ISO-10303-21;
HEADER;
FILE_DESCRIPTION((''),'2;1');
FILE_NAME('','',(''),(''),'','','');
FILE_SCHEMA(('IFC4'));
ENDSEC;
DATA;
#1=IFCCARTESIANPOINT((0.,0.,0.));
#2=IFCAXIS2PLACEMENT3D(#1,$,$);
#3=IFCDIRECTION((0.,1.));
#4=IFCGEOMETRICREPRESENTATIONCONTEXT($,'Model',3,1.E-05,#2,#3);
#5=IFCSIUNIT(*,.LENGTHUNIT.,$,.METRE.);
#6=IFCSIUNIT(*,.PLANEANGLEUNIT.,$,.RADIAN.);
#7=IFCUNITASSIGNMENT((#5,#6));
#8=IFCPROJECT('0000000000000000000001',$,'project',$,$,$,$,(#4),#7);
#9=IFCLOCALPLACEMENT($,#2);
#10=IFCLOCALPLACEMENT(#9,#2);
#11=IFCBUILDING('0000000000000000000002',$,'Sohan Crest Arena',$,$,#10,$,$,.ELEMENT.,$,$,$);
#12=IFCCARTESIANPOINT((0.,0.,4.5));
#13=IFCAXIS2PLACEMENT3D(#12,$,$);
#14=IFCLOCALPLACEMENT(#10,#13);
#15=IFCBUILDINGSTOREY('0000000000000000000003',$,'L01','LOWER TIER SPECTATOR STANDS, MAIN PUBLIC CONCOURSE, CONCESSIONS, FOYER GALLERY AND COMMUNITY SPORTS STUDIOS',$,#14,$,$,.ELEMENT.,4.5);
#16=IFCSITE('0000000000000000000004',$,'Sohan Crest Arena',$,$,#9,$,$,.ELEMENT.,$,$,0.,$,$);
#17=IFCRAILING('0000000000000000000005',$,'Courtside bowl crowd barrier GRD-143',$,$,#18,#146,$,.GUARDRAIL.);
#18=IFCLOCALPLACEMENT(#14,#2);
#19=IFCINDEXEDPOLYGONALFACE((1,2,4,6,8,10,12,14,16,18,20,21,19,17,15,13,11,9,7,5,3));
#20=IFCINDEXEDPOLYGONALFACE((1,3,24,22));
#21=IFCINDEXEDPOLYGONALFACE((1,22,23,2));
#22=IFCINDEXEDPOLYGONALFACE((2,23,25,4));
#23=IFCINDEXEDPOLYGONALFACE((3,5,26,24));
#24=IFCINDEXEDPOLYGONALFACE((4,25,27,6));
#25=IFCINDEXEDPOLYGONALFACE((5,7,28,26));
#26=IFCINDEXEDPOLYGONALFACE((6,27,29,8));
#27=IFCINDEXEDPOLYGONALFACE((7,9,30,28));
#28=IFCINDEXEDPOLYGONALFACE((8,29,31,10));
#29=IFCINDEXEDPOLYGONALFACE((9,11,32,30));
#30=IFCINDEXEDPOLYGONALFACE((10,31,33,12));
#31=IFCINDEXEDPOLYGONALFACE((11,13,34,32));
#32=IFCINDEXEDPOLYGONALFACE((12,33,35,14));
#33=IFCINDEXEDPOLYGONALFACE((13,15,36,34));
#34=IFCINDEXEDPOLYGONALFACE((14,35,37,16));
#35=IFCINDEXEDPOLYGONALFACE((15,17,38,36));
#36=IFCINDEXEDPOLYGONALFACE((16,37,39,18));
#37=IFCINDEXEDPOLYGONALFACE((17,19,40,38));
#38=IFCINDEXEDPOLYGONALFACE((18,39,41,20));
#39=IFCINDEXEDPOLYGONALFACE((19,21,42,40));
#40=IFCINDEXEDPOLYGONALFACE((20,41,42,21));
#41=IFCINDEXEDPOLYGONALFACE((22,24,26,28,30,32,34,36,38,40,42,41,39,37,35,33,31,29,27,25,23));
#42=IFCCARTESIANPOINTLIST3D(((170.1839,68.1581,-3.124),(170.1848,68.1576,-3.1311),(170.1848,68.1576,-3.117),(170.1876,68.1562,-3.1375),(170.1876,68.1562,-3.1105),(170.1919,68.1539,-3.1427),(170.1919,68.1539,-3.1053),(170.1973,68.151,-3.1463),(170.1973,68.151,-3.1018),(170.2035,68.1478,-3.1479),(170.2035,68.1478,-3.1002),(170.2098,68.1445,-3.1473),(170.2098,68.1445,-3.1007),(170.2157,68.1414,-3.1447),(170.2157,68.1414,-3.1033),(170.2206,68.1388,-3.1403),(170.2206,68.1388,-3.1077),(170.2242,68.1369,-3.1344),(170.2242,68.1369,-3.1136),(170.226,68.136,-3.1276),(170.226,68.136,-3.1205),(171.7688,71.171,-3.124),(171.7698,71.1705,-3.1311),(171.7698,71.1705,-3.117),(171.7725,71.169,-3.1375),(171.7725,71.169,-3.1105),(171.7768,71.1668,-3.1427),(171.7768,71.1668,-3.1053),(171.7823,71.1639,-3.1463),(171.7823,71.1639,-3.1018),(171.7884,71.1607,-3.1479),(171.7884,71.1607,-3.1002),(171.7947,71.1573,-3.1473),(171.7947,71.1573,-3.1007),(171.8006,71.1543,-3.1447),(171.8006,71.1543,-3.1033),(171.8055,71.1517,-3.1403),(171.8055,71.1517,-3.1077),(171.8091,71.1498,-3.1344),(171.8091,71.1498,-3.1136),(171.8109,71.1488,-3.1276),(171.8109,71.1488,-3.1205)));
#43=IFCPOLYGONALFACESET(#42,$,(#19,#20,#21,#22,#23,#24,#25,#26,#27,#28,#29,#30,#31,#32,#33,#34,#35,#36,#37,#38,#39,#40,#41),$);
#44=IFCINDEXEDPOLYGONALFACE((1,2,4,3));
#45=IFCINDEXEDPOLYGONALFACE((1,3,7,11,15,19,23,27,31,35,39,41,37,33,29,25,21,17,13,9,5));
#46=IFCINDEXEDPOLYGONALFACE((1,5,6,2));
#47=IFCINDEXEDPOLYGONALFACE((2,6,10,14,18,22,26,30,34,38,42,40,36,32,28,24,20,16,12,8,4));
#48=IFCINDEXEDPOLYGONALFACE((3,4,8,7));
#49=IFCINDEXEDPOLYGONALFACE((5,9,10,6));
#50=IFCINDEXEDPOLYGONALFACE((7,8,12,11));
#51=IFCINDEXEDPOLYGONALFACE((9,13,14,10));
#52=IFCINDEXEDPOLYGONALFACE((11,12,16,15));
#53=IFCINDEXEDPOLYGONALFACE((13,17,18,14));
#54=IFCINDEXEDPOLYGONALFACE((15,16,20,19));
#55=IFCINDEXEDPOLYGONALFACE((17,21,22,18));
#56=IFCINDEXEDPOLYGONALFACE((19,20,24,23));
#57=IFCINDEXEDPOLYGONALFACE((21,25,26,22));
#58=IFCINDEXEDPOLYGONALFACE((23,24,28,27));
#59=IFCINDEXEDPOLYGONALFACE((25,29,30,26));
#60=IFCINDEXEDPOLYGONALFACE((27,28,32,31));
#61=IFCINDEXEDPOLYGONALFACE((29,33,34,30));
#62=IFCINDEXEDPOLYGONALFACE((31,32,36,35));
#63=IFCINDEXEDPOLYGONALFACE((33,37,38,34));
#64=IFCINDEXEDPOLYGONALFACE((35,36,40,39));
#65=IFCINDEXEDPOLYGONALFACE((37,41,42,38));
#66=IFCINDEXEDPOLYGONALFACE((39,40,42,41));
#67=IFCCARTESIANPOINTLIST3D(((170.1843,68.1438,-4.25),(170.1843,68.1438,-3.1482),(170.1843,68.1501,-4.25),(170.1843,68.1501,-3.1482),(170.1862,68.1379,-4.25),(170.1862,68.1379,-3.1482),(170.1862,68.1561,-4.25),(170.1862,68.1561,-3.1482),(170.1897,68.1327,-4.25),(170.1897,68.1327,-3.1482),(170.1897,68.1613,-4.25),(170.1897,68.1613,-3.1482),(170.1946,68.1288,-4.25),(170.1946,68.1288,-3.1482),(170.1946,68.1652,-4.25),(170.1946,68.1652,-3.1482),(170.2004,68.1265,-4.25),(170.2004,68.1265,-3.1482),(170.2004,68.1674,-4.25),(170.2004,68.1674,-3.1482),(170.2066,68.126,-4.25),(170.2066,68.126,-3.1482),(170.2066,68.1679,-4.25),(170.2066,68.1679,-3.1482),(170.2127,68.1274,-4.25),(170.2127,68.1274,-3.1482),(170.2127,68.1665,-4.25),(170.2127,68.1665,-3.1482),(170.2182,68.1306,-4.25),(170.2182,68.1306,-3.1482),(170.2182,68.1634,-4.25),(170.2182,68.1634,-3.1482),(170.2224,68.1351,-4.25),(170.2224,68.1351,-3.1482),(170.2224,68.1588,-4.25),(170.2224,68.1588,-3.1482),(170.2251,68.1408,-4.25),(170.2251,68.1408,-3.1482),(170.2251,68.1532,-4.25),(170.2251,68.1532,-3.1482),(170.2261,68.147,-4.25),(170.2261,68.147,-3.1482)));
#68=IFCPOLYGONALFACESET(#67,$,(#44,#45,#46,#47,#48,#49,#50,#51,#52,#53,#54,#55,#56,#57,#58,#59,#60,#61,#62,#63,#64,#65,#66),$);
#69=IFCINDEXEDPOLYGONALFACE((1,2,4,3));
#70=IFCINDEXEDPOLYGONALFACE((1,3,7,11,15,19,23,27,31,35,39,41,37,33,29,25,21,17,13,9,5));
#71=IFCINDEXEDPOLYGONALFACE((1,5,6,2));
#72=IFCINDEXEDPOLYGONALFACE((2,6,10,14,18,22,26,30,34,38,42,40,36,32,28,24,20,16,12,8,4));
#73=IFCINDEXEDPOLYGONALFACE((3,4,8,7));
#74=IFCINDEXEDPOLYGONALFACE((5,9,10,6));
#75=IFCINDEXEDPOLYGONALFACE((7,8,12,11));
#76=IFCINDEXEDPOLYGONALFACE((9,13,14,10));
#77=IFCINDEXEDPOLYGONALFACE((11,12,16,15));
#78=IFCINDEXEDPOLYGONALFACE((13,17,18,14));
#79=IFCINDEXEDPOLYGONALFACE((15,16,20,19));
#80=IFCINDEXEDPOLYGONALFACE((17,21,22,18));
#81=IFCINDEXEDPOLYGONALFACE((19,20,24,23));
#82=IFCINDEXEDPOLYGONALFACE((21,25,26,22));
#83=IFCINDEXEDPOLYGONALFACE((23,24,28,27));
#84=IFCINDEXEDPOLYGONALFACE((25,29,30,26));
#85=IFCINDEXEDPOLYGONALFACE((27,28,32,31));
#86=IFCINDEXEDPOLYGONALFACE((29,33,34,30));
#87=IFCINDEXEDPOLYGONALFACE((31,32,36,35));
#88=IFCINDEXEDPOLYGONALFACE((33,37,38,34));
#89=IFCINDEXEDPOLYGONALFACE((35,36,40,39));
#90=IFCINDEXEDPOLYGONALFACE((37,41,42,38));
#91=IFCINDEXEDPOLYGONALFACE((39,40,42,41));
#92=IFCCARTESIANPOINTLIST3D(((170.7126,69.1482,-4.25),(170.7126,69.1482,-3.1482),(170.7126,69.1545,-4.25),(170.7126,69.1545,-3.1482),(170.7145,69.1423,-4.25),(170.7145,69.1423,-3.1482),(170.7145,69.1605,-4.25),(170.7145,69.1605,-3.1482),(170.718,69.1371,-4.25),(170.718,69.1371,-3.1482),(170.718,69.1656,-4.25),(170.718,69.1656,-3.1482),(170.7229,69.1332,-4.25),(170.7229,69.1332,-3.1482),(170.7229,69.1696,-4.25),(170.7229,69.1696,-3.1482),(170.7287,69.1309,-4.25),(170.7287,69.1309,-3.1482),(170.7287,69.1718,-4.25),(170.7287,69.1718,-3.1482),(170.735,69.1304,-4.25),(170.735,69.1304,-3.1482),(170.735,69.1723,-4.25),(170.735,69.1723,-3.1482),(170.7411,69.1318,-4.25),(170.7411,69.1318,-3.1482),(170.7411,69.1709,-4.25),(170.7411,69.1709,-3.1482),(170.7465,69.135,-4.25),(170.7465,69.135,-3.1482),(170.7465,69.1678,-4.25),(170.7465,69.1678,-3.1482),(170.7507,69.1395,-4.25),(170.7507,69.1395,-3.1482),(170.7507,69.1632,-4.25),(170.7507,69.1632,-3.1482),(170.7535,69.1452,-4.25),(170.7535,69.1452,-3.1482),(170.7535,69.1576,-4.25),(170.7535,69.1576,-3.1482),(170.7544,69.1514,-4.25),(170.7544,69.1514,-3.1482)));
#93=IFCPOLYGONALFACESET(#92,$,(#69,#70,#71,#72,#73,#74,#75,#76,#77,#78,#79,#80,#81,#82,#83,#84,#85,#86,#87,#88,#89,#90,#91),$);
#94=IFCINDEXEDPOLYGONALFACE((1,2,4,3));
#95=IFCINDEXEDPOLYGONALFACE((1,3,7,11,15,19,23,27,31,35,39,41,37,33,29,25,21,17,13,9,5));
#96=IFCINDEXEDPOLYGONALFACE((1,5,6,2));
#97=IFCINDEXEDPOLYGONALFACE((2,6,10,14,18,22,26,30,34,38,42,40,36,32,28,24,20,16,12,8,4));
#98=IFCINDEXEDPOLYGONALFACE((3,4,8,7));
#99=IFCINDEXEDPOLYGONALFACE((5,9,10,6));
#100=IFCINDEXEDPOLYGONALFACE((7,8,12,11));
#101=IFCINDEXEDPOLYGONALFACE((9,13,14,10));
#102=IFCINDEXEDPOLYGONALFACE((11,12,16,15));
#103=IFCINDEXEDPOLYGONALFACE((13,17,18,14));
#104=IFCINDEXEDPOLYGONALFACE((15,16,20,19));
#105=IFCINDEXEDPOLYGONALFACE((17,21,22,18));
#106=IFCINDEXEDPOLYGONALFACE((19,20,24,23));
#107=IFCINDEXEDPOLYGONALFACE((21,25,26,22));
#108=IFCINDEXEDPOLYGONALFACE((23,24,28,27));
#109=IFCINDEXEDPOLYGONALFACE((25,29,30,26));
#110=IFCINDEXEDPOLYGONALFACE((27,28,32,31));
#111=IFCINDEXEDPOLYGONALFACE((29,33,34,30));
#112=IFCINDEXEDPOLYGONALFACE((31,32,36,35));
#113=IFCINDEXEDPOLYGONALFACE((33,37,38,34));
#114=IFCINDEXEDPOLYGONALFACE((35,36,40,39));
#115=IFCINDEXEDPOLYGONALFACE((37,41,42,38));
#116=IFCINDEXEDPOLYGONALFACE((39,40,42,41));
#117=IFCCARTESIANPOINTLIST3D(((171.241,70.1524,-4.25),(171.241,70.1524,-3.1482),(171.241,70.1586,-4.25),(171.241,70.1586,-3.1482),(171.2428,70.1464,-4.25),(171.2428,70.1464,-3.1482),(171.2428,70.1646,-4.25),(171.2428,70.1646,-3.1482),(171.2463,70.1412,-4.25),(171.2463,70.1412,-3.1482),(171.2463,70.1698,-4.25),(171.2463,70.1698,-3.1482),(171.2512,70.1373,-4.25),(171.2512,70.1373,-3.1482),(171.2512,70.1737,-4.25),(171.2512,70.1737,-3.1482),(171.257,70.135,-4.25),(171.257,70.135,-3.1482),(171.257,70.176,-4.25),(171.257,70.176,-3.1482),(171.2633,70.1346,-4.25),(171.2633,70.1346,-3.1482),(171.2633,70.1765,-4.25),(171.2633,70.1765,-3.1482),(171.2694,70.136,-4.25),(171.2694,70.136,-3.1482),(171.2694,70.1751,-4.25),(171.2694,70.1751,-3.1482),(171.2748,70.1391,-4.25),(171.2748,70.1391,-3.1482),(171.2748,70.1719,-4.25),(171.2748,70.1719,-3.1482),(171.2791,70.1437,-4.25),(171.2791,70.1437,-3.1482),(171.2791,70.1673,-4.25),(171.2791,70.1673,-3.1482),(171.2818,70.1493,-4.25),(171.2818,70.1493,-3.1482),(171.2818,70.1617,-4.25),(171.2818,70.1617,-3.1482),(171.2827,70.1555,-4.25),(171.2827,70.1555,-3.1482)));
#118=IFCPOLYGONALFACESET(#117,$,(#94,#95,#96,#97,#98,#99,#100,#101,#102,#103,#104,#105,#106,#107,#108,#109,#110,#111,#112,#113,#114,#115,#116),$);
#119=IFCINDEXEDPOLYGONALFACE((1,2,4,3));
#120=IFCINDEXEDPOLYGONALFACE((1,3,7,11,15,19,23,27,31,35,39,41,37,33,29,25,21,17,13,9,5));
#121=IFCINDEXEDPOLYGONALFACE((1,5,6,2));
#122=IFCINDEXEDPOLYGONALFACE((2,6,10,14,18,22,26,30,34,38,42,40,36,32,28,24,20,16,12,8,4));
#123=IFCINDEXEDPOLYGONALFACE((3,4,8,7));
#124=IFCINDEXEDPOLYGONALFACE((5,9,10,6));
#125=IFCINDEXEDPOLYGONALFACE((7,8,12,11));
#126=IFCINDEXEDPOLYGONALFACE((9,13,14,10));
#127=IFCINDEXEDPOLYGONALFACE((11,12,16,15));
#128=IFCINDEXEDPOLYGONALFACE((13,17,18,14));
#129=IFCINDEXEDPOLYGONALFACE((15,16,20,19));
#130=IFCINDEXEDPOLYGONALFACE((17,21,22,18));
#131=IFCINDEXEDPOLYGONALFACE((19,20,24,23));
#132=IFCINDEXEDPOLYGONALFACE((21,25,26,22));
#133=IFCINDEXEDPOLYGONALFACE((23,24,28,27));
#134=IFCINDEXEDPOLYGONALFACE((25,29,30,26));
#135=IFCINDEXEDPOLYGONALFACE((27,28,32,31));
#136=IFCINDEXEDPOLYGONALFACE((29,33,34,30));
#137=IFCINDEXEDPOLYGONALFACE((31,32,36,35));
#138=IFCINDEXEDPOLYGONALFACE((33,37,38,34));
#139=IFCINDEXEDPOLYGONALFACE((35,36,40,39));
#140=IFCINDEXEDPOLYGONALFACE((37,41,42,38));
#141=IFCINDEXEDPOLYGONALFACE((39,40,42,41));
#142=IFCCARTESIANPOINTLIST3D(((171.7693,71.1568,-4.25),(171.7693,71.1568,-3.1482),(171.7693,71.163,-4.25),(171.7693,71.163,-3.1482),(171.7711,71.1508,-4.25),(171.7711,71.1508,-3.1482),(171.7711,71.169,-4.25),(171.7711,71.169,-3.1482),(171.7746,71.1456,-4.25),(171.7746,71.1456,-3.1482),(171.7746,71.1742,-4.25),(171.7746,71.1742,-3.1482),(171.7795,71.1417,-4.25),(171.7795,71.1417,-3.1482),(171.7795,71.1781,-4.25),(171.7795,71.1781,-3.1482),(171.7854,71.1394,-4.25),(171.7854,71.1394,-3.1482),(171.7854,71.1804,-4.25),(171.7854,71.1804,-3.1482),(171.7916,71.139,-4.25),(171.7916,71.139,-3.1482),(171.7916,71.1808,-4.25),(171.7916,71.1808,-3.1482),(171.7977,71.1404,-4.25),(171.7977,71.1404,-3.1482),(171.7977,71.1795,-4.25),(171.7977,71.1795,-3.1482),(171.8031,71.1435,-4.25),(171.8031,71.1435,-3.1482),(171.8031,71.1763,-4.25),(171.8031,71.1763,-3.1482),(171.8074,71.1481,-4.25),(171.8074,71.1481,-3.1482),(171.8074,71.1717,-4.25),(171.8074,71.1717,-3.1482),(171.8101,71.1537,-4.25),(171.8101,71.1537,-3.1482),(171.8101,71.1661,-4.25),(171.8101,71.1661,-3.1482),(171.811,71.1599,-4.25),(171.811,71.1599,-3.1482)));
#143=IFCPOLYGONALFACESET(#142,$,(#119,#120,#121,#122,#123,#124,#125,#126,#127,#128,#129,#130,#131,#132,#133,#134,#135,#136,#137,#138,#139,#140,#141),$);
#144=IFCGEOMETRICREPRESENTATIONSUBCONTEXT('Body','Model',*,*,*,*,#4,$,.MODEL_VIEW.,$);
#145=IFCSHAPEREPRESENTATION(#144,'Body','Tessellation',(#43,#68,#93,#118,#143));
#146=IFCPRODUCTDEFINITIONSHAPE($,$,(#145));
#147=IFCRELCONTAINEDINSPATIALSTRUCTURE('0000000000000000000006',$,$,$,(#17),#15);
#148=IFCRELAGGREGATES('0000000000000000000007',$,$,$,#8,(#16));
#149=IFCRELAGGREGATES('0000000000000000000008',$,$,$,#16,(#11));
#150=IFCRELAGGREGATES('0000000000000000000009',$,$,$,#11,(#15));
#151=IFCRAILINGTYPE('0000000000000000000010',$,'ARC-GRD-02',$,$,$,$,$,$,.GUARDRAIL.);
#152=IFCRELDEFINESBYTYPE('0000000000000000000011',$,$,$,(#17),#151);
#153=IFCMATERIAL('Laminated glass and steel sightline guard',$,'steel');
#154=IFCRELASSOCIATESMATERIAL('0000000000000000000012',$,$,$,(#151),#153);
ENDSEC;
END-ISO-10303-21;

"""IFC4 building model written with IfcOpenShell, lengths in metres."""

from ifc_helpers import new_model, si_unit, direction, frame, origin, origin_2d, place, context, subcontext, project, spatial, circle, extrude, material, type_object, element, save


model = new_model("IFC4")

# Units and contexts
model_context = context("Model", 3, precision=1e-05, world=origin(), true_north=direction((0.0, 1.0)))
body_context = subcontext(model_context, "Body", "Model", "MODEL_VIEW")
ifc_project = project(units=[si_unit("LENGTHUNIT", "METRE"), si_unit("PLANEANGLEUNIT", "RADIAN")], contexts=[model_context])

# Site, building, storey
site_placement = place(None, origin())
site = spatial("IfcSite", under=ifc_project, at=site_placement, Name="Sohan Crest Arena", CompositionType="ELEMENT", RefElevation=0.0)
building_placement = place(site_placement, origin())
building = spatial("IfcBuilding", under=site, at=building_placement, Name="Sohan Crest Arena", CompositionType="ELEMENT")
storey_placement = place(building_placement, frame((0.0, 0.0, 4.5)))
storey = spatial("IfcBuildingStorey", under=building, at=storey_placement, Name="L01", Description="LOWER TIER SPECTATOR STANDS, MAIN PUBLIC CONCOURSE, CONCESSIONS, FOYER GALLERY AND COMMUNITY SPORTS STUDIOS", CompositionType="ELEMENT", Elevation=4.5)

# Railing
ifc_material_1 = material(Name="Laminated glass and steel sightline guard", Category="steel")
railing_type = type_object("IfcRailingType", Name="ARC-GRD-02", PredefinedType="GUARDRAIL", material=ifc_material_1)
railing_1_placement = place(storey_placement, frame((170.2051, 68.147, -4.25)))
element("IfcRailing", 1, at=railing_1_placement, inside=storey, type_object=railing_type, Name="Courtside bowl crowd barrier GRD-143", PredefinedType="GUARDRAIL", context=body_context, shape_type="SweptSolid", body=[
    extrude(circle(Radius=0.0239, at=origin_2d()), frame((0.0, 0.0, 1.126), z_axis=(0.465563, 0.885015, 0.0), x_axis=(-0.885015, 0.465563, 0.0)), (0.0, 0.0, 1.0), 3.4043),
    extrude(circle(Radius=0.021, at=origin_2d()), origin(), (0.0, 0.0, 1.0), 1.1018),
    extrude(circle(Radius=0.021, at=origin_2d()), frame((0.5283, 1.0044, 0.0)), (0.0, 0.0, 1.0), 1.1018),
    extrude(circle(Radius=0.021, at=origin_2d()), frame((1.0566, 2.0085, 0.0)), (0.0, 0.0, 1.0), 1.1018),
    extrude(circle(Radius=0.021, at=origin_2d()), frame((1.585, 3.0129, 0.0)), (0.0, 0.0, 1.0), 1.1018),
])

save(model, "model.ifc")
